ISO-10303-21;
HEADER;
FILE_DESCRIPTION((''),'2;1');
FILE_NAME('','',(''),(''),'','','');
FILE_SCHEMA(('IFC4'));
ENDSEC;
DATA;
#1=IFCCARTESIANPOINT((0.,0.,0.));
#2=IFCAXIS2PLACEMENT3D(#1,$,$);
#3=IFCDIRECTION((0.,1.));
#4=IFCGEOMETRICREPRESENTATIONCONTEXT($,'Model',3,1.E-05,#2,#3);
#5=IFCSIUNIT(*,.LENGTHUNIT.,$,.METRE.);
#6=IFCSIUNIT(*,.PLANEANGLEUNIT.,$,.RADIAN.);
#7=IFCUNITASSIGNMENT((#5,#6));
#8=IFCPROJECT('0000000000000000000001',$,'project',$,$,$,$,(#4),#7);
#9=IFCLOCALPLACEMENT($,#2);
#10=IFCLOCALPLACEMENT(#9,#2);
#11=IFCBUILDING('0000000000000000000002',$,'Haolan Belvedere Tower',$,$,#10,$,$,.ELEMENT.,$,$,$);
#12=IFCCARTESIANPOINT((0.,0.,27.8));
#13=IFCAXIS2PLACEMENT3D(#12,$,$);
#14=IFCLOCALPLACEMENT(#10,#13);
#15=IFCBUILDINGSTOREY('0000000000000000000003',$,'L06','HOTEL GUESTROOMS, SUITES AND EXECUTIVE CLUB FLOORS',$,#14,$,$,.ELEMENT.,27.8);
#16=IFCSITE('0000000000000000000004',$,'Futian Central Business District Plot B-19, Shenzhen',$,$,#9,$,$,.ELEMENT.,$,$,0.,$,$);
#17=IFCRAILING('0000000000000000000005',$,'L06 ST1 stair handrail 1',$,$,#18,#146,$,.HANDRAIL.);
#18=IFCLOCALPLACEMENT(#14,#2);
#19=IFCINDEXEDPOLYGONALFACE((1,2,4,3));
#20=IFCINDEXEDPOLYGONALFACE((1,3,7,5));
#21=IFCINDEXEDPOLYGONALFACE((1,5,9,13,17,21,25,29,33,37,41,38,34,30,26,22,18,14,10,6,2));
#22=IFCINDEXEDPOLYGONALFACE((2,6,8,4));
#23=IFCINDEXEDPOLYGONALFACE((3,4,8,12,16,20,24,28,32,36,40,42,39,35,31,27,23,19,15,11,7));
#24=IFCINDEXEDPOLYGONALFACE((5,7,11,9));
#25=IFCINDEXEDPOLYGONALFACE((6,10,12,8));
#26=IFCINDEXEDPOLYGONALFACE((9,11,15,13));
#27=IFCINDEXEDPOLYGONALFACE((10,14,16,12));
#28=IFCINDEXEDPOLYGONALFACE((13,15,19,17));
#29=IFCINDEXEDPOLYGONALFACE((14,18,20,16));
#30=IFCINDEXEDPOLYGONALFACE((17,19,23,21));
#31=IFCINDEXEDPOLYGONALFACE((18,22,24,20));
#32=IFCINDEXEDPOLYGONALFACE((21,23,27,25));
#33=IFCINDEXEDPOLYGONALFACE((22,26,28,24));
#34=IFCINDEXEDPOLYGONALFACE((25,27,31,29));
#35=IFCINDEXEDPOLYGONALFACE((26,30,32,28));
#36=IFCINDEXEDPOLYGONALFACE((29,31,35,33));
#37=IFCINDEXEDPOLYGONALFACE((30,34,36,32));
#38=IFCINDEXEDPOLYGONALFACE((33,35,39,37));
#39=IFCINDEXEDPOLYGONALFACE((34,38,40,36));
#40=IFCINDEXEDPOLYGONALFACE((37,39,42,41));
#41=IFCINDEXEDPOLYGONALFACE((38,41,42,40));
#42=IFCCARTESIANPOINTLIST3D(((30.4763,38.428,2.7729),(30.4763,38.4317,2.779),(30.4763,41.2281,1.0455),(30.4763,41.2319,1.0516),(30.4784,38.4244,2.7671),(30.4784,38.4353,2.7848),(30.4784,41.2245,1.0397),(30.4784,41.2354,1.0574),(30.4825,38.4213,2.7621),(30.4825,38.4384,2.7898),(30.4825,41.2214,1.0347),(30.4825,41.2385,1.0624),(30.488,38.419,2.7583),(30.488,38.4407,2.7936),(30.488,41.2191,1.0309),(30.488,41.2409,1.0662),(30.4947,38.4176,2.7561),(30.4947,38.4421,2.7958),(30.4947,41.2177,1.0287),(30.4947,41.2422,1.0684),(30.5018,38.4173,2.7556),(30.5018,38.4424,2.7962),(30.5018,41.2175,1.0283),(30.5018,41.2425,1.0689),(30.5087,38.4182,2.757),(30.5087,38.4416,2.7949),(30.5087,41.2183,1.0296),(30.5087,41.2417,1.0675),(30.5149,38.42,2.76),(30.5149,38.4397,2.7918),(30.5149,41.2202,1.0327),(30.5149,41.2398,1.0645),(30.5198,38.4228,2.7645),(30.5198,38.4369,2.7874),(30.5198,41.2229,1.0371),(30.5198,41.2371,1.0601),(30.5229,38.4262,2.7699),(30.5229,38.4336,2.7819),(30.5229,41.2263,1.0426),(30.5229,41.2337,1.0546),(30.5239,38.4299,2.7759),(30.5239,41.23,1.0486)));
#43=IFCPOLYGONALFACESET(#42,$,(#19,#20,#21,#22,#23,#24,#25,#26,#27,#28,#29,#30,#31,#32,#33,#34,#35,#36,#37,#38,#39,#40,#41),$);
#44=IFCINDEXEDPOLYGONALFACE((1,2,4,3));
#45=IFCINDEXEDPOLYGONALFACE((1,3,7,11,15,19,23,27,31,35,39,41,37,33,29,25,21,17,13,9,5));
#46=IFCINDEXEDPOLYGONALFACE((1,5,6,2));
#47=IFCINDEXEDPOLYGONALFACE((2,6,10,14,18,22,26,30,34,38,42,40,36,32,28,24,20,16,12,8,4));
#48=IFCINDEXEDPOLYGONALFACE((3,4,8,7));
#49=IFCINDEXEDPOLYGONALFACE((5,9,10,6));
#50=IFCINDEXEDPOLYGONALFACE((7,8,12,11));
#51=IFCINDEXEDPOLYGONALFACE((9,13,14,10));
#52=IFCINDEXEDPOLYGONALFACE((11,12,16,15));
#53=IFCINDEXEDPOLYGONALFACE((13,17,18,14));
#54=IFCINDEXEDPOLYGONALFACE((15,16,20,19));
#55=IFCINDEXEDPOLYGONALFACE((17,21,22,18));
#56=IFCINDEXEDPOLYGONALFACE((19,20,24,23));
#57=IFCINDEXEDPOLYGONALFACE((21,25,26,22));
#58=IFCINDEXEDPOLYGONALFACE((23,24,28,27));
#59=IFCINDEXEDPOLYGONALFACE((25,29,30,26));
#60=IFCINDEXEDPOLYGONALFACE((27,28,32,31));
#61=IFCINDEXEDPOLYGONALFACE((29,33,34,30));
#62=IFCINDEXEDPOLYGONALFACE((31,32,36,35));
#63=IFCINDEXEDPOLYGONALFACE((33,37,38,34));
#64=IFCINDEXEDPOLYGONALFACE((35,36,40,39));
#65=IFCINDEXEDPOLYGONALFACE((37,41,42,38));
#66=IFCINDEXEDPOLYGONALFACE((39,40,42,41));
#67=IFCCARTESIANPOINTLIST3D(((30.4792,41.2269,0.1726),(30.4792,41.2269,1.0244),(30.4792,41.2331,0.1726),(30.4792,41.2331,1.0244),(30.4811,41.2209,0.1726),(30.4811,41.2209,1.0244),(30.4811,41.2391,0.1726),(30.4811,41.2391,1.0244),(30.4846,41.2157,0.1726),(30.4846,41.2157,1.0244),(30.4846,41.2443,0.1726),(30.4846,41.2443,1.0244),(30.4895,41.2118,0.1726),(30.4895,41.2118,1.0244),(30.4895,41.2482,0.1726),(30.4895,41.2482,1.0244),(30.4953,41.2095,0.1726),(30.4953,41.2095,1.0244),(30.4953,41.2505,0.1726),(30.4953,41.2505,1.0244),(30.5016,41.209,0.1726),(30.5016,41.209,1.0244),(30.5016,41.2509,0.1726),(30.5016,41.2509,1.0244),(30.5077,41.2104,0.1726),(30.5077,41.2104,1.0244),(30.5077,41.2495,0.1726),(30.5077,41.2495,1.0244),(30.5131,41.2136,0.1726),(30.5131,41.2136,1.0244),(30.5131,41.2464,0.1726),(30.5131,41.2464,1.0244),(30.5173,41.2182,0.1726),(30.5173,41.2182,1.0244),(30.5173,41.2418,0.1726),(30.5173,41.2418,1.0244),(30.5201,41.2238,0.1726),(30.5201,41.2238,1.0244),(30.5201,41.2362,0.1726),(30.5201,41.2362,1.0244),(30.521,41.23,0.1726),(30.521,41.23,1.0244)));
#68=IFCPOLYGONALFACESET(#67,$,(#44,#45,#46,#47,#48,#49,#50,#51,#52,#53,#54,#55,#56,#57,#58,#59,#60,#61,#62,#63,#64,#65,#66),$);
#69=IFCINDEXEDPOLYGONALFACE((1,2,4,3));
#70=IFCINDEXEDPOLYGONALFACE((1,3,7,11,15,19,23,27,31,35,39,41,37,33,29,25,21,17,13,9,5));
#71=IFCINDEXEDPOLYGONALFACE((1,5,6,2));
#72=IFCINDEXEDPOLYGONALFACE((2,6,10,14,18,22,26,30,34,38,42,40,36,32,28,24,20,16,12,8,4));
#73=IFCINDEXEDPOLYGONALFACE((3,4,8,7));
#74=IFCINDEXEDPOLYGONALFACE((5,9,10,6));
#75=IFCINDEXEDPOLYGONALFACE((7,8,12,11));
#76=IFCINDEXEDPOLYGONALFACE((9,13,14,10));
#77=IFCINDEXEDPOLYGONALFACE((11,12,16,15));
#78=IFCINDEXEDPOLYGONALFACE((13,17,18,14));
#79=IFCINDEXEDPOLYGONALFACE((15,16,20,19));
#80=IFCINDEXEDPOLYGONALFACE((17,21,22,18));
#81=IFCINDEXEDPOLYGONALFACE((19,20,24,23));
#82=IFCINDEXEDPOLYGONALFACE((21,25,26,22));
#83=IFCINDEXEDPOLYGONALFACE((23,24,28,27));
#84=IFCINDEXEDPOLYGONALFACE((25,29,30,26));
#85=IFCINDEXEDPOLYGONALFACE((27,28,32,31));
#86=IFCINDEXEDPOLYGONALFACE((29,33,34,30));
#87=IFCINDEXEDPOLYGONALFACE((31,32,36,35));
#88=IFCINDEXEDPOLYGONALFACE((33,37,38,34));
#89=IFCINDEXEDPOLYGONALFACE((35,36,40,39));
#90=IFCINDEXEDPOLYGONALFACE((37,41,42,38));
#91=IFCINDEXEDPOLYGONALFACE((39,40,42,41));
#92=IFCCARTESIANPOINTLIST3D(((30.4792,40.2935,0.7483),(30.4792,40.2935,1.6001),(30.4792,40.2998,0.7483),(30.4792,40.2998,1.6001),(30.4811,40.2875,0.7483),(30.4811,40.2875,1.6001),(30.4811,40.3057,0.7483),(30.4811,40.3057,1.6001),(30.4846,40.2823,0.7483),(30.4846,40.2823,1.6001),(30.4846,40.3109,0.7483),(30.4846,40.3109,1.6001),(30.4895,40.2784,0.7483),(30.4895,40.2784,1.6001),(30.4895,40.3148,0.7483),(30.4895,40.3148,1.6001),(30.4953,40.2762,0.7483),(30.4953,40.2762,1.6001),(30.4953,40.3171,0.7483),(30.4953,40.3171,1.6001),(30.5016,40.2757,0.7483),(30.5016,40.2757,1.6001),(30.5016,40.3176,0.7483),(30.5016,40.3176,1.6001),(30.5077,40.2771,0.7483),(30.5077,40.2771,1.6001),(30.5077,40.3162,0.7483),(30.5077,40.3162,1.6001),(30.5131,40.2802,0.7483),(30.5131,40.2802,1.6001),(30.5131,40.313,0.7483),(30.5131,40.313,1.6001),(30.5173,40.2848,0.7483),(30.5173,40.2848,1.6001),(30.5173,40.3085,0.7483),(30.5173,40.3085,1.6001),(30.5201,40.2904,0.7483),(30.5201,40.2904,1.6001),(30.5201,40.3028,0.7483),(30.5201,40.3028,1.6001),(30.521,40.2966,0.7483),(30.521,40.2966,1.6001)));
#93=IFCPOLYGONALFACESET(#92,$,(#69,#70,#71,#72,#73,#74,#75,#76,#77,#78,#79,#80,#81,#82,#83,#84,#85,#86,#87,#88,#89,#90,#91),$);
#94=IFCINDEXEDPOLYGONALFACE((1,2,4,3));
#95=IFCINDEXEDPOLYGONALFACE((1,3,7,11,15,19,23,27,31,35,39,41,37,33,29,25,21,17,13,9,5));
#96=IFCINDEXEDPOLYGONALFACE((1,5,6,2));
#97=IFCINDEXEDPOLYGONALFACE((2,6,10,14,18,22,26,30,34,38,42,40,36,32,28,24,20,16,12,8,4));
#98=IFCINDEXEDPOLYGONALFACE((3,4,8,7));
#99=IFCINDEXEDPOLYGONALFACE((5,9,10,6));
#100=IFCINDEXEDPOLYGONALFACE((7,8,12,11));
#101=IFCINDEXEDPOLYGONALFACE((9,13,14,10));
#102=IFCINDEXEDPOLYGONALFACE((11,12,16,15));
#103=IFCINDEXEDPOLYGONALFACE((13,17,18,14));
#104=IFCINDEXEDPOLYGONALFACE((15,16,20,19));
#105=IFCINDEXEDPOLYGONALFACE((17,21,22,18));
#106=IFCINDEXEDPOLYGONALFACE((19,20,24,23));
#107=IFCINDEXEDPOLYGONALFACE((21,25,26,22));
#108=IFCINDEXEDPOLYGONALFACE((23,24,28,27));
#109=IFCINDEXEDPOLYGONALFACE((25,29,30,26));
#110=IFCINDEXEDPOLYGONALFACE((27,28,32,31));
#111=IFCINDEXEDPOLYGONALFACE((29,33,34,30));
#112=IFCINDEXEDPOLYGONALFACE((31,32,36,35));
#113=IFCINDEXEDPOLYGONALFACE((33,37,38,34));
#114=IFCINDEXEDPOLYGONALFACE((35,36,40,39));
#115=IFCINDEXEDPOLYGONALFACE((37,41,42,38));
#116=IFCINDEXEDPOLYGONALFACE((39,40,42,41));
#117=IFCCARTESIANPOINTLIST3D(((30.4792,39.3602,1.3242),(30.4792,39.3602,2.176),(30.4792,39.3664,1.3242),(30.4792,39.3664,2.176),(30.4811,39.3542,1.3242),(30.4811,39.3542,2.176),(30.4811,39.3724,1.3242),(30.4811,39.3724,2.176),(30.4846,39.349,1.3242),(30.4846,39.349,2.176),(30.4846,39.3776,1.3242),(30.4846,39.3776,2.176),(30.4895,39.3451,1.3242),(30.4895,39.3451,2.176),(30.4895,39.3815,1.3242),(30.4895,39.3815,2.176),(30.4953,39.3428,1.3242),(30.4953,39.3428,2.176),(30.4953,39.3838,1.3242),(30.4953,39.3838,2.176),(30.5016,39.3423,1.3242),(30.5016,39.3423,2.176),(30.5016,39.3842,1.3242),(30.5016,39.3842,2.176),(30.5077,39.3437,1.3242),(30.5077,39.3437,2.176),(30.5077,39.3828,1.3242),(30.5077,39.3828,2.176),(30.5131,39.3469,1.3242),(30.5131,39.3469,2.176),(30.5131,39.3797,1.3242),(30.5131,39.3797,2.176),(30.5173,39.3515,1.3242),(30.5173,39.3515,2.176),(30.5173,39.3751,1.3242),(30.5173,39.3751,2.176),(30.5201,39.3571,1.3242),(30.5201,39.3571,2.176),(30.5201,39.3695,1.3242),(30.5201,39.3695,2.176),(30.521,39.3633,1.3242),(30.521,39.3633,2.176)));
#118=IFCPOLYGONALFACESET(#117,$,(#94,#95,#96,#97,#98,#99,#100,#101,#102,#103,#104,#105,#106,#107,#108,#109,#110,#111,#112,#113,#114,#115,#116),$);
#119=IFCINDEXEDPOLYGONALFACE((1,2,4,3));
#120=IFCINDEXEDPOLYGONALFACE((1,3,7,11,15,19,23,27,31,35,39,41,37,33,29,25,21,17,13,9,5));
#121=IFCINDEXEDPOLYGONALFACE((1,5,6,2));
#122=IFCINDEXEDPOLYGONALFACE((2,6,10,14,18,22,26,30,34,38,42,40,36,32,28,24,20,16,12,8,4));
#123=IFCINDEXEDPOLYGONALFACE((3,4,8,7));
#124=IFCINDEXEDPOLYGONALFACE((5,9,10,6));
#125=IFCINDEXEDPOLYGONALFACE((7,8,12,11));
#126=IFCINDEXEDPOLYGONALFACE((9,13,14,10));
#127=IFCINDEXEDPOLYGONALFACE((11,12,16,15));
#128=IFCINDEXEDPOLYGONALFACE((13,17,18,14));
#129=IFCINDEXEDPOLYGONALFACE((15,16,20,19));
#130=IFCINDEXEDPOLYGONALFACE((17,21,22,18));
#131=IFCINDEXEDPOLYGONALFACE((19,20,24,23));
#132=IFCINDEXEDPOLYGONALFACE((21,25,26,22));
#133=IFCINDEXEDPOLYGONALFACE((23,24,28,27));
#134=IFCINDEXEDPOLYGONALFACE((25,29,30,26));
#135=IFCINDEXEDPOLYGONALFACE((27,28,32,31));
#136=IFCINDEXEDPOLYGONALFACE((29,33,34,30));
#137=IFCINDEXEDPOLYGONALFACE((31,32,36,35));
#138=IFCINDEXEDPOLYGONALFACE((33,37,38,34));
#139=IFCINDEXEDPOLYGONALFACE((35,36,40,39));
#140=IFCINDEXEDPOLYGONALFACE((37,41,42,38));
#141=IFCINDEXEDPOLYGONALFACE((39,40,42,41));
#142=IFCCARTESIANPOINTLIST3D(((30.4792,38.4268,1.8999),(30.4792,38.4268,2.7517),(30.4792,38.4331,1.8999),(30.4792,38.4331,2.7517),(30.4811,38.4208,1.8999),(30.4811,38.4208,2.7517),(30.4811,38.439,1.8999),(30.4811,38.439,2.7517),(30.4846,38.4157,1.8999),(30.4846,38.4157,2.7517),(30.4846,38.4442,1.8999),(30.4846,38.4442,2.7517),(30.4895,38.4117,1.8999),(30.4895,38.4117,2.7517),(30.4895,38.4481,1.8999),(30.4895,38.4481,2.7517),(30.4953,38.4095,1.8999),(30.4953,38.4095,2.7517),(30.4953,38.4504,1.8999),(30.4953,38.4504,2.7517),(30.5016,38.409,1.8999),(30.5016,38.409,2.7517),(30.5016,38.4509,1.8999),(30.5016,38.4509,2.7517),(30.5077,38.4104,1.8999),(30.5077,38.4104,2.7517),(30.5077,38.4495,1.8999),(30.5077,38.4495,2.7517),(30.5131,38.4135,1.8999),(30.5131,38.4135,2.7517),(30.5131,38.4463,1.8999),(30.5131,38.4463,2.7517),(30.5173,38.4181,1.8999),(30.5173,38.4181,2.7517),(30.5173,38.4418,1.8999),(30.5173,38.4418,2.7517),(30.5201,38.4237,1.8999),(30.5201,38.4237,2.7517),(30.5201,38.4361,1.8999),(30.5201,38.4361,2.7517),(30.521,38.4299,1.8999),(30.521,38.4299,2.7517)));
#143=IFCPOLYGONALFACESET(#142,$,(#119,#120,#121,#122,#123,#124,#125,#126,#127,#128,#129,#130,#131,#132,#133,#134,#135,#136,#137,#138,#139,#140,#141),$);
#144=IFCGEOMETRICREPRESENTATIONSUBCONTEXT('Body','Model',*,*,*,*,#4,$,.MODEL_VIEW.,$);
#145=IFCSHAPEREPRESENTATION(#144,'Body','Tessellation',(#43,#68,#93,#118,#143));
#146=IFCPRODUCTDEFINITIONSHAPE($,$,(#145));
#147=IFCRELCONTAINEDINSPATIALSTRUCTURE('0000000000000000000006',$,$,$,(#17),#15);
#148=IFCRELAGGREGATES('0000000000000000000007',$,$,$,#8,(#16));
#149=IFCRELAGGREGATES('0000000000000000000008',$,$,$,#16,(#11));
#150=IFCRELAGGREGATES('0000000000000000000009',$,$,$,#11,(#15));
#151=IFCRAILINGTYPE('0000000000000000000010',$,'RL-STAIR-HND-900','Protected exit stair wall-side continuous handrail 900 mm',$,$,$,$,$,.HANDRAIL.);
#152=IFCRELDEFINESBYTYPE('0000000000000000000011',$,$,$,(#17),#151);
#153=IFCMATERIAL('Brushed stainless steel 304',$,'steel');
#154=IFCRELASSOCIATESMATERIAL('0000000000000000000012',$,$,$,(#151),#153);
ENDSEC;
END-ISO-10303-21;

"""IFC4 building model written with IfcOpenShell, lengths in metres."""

from ifc_helpers import new_model, si_unit, direction, frame, origin, origin_2d, place, context, subcontext, project, spatial, circle, extrude, material, type_object, element, save


model = new_model("IFC4")

# Units and contexts
model_context = context("Model", 3, precision=1e-05, world=origin(), true_north=direction((0.0, 1.0)))
body_context = subcontext(model_context, "Body", "Model", "MODEL_VIEW")
ifc_project = project(units=[si_unit("LENGTHUNIT", "METRE"), si_unit("PLANEANGLEUNIT", "RADIAN")], contexts=[model_context])

# Site, building, storey
site_placement = place(None, origin())
site = spatial("IfcSite", under=ifc_project, at=site_placement, Name="Futian Central Business District Plot B-19, Shenzhen", CompositionType="ELEMENT", RefElevation=0.0)
building_placement = place(site_placement, origin())
building = spatial("IfcBuilding", under=site, at=building_placement, Name="Haolan Belvedere Tower", CompositionType="ELEMENT")
storey_placement = place(building_placement, frame((0.0, 0.0, 27.8)))
storey = spatial("IfcBuildingStorey", under=building, at=storey_placement, Name="L06", Description="HOTEL GUESTROOMS, SUITES AND EXECUTIVE CLUB FLOORS", CompositionType="ELEMENT", Elevation=27.8)

# Railing
ifc_material_1 = material(Name="Brushed stainless steel 304", Category="steel")
railing_type_1 = type_object("IfcRailingType", Name="RL-STAIR-HND-900", Description="Protected exit stair wall-side continuous handrail 900 mm", PredefinedType="HANDRAIL", material=ifc_material_1)
railing_1_placement = place(storey_placement, frame((30.5, 41.23, 0.1726)))
element("IfcRailing", 1, at=railing_1_placement, inside=storey, type_object=railing_type_1, Name="L06 ST1 stair handrail 1", PredefinedType="HANDRAIL", context=body_context, shape_type="SweptSolid", body=[
    extrude(circle(Radius=0.0239, at=origin_2d()), frame((0.0, 0.0, 0.876), z_axis=(0.0, -0.85109, 0.52502), x_axis=(1.0, 0.0, 0.0)), (0.0, 0.0, 1.0), 3.29),
    extrude(circle(Radius=0.021, at=origin_2d()), origin(), (0.0, 0.0, 1.0), 0.8518),
    extrude(circle(Radius=0.021, at=origin_2d()), frame((0.0, -0.9333, 0.5757)), (0.0, 0.0, 1.0), 0.8518),
    extrude(circle(Radius=0.021, at=origin_2d()), frame((0.0, -1.8667, 1.1516)), (0.0, 0.0, 1.0), 0.8518),
    extrude(circle(Radius=0.021, at=origin_2d()), frame((0.0, -2.8, 1.7273)), (0.0, 0.0, 1.0), 0.8518),
])

save(model, "model.ifc")
